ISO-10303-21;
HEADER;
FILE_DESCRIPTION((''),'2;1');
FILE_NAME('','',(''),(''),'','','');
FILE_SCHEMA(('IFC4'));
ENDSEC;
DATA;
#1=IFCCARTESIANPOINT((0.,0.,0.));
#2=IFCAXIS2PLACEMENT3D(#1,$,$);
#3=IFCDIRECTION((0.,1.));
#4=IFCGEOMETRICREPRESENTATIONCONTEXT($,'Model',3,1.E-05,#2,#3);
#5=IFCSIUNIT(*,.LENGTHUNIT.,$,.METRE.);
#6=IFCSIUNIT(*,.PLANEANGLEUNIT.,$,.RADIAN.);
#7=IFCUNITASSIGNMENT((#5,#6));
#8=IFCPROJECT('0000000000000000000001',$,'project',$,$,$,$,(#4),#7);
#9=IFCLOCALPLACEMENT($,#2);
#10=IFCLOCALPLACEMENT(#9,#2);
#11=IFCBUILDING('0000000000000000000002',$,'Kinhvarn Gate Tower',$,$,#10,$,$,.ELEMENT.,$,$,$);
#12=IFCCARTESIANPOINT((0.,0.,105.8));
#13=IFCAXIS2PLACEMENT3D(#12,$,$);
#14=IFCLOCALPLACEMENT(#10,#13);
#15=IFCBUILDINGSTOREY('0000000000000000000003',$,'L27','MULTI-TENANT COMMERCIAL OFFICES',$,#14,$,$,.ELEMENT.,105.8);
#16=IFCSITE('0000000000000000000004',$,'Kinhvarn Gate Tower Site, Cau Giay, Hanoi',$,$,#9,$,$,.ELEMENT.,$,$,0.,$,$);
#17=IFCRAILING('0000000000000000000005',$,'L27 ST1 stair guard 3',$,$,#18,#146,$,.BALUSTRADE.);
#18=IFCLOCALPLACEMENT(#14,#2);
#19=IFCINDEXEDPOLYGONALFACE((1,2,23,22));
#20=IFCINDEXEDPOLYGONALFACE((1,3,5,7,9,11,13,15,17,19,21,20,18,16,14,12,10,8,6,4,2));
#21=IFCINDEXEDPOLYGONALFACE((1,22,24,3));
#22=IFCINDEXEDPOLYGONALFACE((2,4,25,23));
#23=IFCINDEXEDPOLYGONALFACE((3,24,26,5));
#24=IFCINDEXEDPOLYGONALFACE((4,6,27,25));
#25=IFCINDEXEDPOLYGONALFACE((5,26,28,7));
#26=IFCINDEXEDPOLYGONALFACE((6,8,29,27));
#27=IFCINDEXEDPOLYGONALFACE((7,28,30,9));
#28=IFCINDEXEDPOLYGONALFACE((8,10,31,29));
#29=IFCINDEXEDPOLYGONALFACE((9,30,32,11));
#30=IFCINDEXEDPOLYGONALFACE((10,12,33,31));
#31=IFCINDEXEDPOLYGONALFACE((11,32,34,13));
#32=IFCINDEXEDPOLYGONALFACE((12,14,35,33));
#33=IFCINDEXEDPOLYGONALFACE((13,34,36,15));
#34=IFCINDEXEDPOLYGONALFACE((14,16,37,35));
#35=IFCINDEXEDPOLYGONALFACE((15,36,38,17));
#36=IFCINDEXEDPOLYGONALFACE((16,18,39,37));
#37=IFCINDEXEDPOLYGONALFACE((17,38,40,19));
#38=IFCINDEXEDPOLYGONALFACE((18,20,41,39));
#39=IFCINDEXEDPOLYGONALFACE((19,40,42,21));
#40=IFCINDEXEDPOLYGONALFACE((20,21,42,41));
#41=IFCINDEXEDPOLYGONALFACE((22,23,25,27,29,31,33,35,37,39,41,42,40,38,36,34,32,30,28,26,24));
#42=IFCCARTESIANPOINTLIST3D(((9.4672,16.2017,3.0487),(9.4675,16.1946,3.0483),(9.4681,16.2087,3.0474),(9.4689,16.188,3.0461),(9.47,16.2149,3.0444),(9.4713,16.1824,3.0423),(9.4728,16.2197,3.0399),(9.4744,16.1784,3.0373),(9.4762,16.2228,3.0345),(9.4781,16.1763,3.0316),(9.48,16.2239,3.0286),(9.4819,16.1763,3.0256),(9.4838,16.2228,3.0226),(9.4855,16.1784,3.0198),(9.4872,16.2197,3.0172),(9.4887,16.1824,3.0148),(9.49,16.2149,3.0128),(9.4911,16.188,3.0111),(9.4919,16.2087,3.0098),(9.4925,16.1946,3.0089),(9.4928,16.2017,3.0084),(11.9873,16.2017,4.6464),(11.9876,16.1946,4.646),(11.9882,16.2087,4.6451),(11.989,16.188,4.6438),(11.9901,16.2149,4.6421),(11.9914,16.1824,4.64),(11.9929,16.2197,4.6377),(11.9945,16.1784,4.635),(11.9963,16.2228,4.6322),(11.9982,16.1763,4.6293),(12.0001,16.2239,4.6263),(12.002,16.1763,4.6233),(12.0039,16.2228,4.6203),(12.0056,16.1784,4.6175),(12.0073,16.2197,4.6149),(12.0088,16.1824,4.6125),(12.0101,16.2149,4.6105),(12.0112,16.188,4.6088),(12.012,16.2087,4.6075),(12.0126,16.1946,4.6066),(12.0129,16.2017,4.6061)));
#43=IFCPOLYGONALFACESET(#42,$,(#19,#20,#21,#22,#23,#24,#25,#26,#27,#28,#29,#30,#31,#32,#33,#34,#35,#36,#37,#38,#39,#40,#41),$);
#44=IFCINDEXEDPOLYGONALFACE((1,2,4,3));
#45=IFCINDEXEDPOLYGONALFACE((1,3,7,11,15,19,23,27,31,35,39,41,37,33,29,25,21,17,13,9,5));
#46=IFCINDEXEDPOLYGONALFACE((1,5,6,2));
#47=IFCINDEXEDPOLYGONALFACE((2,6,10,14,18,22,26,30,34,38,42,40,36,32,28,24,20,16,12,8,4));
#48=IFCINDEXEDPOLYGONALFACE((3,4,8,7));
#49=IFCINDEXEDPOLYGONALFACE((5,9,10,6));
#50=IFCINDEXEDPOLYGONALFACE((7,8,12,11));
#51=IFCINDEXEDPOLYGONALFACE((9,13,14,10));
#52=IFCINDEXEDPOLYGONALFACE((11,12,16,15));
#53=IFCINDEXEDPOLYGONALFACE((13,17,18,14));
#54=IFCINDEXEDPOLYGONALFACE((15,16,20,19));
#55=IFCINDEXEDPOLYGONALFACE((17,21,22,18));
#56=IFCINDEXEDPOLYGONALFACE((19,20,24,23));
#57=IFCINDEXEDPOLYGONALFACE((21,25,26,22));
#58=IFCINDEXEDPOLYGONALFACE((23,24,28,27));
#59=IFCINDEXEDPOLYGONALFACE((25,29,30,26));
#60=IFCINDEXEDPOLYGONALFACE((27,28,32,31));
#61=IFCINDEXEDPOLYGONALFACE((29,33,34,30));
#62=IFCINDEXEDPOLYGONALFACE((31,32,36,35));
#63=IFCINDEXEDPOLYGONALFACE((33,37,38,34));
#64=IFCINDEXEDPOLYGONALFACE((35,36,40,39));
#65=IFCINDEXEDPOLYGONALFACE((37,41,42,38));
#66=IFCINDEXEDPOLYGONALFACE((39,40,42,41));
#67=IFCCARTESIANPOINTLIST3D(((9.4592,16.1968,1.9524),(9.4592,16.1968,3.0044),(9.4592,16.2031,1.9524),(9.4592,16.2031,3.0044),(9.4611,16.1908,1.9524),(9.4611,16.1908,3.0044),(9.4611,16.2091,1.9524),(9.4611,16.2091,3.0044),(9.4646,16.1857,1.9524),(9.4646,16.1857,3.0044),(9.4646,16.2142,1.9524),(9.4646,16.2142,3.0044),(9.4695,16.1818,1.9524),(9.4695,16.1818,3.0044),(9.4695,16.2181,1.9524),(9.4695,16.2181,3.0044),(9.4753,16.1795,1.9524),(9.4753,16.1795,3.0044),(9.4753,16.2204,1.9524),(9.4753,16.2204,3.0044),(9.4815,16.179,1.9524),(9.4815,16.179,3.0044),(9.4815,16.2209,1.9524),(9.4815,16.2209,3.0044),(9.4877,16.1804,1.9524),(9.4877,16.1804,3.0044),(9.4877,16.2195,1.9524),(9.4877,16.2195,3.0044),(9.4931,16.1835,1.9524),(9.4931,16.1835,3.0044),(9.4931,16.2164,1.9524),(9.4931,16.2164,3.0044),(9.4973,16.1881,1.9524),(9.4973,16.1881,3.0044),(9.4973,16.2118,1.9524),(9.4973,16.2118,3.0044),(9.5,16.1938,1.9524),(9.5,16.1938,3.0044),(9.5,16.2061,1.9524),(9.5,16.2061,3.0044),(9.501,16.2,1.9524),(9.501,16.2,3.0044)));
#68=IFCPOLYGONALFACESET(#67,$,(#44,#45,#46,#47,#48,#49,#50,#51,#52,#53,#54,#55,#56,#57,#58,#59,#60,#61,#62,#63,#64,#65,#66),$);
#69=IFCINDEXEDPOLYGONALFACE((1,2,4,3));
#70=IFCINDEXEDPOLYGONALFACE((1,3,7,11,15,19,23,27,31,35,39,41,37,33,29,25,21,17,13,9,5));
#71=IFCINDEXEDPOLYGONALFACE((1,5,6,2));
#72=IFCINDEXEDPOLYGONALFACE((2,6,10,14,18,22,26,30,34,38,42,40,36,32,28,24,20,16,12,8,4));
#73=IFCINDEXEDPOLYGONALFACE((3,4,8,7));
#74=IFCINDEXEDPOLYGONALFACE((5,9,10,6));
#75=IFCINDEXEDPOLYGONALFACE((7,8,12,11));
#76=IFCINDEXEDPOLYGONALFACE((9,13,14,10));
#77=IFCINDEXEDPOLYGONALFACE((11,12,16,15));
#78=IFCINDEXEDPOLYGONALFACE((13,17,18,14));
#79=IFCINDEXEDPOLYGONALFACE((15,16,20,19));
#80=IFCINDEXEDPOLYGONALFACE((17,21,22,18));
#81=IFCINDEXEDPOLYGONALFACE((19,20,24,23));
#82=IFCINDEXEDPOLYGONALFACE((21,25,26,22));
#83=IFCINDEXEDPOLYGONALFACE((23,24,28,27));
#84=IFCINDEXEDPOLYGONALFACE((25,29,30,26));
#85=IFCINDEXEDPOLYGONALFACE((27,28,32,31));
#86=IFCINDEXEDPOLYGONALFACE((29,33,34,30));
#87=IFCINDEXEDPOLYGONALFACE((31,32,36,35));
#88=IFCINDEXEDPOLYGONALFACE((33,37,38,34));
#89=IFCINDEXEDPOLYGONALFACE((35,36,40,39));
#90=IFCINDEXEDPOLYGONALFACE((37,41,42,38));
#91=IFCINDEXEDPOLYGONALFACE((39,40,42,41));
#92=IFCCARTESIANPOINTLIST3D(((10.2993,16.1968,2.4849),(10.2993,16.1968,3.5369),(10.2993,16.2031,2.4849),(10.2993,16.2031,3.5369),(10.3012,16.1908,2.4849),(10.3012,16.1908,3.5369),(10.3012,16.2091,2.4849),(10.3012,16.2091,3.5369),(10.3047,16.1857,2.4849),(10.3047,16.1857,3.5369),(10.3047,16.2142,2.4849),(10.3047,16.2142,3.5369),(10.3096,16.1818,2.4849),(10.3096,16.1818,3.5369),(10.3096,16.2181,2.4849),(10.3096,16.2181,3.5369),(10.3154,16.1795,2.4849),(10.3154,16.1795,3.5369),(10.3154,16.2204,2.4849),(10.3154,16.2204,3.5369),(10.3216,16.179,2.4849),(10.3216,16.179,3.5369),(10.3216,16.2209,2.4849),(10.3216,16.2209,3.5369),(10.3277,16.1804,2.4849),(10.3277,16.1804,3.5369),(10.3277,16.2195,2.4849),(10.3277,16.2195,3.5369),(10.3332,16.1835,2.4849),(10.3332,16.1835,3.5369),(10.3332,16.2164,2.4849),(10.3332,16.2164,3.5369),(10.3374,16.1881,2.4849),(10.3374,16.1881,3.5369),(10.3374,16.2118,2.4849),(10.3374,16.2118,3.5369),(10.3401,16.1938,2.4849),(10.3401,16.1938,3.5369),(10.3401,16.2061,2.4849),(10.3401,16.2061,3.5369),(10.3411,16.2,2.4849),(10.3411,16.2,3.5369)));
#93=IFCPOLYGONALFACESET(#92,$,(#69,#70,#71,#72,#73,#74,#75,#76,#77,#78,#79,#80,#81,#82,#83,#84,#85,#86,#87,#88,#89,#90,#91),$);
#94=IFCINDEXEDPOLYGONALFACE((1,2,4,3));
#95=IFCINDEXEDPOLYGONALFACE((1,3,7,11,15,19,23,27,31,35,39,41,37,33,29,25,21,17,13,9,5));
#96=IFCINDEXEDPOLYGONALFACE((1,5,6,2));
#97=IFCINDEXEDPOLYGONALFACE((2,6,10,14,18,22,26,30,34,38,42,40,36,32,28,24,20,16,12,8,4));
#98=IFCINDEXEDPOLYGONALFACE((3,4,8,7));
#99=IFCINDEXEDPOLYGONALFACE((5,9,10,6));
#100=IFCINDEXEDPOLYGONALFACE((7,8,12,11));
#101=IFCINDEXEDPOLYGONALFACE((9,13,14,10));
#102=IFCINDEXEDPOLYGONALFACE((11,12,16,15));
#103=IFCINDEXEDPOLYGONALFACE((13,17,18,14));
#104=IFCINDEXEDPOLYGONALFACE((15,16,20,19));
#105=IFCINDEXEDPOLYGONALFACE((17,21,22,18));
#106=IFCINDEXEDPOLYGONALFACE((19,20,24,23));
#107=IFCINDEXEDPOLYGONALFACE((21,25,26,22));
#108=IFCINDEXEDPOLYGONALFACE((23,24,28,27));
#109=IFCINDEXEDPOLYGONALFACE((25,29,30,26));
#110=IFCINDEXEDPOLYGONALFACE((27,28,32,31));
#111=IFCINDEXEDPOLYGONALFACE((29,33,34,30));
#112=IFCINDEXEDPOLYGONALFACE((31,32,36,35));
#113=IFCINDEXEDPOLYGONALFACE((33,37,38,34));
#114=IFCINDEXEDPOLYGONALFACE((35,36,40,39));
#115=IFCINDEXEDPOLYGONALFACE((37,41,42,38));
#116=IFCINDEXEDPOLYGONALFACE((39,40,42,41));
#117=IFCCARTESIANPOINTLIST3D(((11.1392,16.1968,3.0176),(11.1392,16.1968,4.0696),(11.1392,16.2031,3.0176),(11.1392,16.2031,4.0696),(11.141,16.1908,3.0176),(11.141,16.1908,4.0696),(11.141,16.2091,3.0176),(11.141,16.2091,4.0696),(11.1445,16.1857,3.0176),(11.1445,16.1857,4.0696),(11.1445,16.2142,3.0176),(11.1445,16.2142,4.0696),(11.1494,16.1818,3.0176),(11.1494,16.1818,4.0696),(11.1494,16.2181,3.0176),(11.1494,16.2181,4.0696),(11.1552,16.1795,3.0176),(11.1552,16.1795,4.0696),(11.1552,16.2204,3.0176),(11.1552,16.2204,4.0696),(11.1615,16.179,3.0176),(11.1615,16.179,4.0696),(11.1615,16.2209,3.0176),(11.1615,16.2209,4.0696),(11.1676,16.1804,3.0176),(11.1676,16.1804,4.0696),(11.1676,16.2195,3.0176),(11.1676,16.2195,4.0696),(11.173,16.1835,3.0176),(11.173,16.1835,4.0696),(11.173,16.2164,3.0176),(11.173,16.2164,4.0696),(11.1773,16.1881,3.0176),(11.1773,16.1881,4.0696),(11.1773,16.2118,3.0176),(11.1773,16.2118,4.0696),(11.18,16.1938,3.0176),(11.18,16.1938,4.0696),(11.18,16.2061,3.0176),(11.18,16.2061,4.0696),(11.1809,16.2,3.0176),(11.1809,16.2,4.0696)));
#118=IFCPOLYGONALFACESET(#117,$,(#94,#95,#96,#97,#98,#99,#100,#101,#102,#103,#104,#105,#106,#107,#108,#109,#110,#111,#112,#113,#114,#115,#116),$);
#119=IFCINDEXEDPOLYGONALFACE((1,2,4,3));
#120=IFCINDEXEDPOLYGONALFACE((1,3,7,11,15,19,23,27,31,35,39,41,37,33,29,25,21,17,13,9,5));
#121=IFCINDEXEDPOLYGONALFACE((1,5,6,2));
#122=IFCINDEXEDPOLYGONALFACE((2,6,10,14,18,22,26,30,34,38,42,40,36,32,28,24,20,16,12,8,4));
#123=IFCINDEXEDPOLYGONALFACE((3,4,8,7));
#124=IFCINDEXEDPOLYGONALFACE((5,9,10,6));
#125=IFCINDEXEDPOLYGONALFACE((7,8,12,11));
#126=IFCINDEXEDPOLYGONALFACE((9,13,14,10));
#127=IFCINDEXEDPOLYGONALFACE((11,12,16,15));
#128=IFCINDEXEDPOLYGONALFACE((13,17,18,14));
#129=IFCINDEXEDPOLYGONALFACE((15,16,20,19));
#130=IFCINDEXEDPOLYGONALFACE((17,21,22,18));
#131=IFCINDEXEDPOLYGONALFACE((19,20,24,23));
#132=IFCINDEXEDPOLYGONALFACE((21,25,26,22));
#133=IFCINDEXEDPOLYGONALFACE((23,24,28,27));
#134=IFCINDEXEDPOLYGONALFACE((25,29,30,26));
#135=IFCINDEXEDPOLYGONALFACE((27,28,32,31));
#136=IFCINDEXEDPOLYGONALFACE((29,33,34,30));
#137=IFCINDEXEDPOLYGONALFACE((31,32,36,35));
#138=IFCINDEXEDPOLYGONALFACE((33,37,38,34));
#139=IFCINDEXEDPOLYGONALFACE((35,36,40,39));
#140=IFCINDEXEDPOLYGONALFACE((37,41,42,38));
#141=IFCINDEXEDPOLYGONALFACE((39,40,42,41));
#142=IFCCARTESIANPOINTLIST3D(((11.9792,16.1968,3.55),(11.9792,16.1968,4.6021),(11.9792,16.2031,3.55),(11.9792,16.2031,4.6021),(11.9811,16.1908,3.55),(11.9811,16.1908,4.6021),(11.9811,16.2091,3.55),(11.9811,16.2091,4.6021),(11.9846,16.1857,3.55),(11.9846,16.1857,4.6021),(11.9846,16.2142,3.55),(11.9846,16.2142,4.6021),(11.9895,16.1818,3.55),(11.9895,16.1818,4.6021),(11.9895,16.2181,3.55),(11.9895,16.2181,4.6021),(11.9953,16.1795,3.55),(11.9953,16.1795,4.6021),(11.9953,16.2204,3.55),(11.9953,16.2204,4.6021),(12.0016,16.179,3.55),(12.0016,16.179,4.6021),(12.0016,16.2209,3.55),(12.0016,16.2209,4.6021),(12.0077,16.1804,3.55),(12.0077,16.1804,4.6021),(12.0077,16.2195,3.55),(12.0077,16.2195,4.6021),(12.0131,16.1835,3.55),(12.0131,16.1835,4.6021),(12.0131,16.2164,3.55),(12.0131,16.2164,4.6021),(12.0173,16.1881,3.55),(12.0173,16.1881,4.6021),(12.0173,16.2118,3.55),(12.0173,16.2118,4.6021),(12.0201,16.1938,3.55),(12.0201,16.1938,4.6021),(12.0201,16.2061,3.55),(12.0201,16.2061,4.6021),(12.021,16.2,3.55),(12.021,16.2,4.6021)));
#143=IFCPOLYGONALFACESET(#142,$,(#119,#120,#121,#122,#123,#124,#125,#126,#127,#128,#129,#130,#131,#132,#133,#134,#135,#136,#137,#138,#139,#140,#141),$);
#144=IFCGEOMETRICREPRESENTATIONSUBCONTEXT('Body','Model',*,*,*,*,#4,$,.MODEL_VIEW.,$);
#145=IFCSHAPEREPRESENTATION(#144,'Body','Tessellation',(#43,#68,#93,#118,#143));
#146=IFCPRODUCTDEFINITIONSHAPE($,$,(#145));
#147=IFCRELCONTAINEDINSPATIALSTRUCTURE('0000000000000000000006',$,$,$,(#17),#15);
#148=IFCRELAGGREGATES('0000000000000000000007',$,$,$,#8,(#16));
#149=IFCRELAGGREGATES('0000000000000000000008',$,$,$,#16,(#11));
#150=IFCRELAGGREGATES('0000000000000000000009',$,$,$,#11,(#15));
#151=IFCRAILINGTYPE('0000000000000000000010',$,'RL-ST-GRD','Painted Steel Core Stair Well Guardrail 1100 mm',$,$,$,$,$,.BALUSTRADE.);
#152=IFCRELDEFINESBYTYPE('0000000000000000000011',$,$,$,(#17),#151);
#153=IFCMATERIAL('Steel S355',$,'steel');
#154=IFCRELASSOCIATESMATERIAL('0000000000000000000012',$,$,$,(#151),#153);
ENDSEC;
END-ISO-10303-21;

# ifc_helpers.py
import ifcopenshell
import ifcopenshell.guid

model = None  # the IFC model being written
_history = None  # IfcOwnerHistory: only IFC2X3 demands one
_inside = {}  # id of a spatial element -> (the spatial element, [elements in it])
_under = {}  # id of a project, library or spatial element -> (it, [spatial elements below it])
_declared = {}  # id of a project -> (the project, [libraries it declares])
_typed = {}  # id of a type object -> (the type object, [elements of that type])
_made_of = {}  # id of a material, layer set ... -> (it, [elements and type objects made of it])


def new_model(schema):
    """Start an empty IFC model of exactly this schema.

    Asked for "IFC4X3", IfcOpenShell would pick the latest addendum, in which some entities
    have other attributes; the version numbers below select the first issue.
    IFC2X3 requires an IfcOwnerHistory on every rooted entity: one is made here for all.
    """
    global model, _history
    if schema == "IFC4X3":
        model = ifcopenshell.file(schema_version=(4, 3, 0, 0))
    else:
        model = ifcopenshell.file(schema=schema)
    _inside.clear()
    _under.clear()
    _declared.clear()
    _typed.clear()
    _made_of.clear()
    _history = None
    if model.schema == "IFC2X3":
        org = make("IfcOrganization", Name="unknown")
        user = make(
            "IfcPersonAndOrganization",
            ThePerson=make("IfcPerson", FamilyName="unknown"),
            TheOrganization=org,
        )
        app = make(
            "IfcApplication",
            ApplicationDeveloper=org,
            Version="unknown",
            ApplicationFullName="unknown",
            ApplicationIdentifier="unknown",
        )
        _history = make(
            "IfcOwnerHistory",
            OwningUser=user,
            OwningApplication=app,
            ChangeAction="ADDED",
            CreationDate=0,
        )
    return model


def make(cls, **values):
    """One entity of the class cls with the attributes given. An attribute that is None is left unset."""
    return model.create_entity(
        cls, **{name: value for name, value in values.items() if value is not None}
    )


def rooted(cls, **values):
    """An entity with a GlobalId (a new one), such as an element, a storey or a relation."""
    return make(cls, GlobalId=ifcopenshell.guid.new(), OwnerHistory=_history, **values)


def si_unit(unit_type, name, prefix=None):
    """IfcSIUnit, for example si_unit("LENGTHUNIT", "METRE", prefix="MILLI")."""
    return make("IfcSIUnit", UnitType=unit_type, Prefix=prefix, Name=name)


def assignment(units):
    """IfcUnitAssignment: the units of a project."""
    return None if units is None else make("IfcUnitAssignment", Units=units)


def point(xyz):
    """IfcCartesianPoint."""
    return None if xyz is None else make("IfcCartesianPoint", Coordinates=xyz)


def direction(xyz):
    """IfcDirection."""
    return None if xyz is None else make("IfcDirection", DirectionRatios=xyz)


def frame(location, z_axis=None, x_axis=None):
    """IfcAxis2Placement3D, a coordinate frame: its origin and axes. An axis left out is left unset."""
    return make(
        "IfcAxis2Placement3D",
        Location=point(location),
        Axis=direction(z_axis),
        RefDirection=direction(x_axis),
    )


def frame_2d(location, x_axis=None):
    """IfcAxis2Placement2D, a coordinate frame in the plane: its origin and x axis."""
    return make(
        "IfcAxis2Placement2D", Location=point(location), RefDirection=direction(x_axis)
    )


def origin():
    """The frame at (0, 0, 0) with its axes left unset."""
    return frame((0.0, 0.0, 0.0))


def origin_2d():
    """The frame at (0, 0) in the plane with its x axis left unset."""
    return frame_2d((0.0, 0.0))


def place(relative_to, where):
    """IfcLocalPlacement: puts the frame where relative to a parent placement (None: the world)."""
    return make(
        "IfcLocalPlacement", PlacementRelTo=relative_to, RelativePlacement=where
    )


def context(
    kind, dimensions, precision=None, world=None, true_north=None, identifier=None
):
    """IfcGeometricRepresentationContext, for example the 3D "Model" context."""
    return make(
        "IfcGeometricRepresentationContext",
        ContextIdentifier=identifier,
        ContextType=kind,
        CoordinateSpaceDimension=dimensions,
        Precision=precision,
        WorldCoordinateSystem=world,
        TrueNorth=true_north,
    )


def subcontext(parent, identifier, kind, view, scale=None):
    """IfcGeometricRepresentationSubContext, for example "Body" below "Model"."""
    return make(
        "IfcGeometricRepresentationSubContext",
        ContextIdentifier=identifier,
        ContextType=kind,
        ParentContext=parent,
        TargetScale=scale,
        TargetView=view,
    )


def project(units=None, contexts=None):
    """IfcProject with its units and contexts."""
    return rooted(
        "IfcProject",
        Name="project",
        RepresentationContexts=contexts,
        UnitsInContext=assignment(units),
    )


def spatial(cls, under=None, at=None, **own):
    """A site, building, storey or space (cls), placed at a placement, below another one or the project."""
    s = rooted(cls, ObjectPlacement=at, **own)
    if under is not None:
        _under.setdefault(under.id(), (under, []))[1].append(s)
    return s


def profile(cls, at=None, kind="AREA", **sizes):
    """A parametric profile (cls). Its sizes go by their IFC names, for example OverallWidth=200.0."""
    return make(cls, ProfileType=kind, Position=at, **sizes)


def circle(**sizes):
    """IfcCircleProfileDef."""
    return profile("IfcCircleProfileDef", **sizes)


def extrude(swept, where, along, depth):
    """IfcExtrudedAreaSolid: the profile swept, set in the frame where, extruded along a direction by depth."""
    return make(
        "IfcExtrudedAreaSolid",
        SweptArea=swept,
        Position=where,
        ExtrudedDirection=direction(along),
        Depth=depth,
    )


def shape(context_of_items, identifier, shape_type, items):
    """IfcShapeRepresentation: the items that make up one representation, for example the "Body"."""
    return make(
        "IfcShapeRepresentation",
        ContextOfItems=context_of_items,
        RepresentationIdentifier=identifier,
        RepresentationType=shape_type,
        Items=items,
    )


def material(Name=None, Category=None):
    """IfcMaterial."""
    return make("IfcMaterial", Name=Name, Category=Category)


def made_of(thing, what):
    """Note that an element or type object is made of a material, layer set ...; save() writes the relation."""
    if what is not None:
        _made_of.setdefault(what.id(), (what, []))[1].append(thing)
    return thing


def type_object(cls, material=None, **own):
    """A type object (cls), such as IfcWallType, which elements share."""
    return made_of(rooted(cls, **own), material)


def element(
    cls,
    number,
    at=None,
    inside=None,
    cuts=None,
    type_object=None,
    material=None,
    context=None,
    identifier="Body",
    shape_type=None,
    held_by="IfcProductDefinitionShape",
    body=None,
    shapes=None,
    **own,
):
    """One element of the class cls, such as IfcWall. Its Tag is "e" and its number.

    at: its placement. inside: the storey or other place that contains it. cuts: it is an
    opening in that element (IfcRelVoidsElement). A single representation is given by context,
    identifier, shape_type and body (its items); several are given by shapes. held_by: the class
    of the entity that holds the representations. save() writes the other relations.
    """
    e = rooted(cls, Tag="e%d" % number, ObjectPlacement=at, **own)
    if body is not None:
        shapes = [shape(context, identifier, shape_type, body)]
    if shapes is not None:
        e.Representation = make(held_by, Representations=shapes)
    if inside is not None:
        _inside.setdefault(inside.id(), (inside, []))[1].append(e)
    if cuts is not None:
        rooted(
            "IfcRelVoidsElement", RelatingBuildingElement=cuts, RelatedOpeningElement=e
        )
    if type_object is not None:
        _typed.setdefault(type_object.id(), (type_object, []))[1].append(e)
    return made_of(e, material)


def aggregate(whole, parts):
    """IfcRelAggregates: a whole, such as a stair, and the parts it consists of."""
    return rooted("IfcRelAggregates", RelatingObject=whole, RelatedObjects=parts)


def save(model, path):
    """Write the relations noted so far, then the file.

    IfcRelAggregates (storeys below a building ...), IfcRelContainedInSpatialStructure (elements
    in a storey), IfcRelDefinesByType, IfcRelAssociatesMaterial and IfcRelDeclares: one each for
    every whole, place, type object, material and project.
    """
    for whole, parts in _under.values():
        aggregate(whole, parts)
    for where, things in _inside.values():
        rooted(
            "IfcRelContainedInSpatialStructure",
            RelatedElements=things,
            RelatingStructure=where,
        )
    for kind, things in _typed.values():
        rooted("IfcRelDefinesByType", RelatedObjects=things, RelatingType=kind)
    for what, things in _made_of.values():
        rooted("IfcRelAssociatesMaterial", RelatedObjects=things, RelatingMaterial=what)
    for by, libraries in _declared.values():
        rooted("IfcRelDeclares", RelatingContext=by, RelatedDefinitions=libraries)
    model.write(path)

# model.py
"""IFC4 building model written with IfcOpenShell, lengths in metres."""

from ifc_helpers import new_model, si_unit, direction, frame, origin, origin_2d, place, context, subcontext, project, spatial, circle, extrude, material, type_object, element, save


model = new_model("IFC4")

# Units and contexts
model_context = context("Model", 3, precision=1e-05, world=origin(), true_north=direction((0.0, 1.0)))
body_context = subcontext(model_context, "Body", "Model", "MODEL_VIEW")
ifc_project = project(units=[si_unit("LENGTHUNIT", "METRE"), si_unit("PLANEANGLEUNIT", "RADIAN")], contexts=[model_context])

# Site, building, storey
site_placement = place(None, origin())
site = spatial("IfcSite", under=ifc_project, at=site_placement, Name="Kinhvarn Gate Tower Site, Cau Giay, Hanoi", CompositionType="ELEMENT", RefElevation=0.0)
building_placement = place(site_placement, origin())
building = spatial("IfcBuilding", under=site, at=building_placement, Name="Kinhvarn Gate Tower", CompositionType="ELEMENT")
storey_placement = place(building_placement, frame((0.0, 0.0, 105.8)))
storey = spatial("IfcBuildingStorey", under=building, at=storey_placement, Name="L27", Description="MULTI-TENANT COMMERCIAL OFFICES", CompositionType="ELEMENT", Elevation=105.8)

# Shared definitions
ifc_material_1 = material(Name="Steel S355", Category="steel")

# Railing
railing_type_1 = type_object("IfcRailingType", Name="RL-ST-GRD", Description="Painted Steel Core Stair Well Guardrail 1100 mm", PredefinedType="BALUSTRADE", material=ifc_material_1)
railing_1_placement = place(storey_placement, frame((9.48, 16.2, 1.9524)))
element("IfcRailing", 1, at=railing_1_placement, inside=storey, type_object=railing_type_1, Name="L27 ST1 stair guard 3", PredefinedType="BALUSTRADE", context=body_context, shape_type="SweptSolid", body=[
    extrude(circle(Radius=0.0239, at=origin_2d()), frame((0.0, 0.0, 1.0762), z_axis=(0.84457, 0.0, 0.535445), x_axis=(0.0, 1.0, 0.0)), (0.0, 0.0, 1.0), 2.9839),
    extrude(circle(Radius=0.021, at=origin_2d()), origin(), (0.0, 0.0, 1.0), 1.052),
    extrude(circle(Radius=0.021, at=origin_2d()), frame((0.8401, 0.0, 0.5325)), (0.0, 0.0, 1.0), 1.052),
    extrude(circle(Radius=0.021, at=origin_2d()), frame((1.6799, 0.0, 1.0652)), (0.0, 0.0, 1.0), 1.052),
    extrude(circle(Radius=0.021, at=origin_2d()), frame((2.52, 0.0, 1.5977)), (0.0, 0.0, 1.0), 1.052),
])

save(model, "model.ifc")
